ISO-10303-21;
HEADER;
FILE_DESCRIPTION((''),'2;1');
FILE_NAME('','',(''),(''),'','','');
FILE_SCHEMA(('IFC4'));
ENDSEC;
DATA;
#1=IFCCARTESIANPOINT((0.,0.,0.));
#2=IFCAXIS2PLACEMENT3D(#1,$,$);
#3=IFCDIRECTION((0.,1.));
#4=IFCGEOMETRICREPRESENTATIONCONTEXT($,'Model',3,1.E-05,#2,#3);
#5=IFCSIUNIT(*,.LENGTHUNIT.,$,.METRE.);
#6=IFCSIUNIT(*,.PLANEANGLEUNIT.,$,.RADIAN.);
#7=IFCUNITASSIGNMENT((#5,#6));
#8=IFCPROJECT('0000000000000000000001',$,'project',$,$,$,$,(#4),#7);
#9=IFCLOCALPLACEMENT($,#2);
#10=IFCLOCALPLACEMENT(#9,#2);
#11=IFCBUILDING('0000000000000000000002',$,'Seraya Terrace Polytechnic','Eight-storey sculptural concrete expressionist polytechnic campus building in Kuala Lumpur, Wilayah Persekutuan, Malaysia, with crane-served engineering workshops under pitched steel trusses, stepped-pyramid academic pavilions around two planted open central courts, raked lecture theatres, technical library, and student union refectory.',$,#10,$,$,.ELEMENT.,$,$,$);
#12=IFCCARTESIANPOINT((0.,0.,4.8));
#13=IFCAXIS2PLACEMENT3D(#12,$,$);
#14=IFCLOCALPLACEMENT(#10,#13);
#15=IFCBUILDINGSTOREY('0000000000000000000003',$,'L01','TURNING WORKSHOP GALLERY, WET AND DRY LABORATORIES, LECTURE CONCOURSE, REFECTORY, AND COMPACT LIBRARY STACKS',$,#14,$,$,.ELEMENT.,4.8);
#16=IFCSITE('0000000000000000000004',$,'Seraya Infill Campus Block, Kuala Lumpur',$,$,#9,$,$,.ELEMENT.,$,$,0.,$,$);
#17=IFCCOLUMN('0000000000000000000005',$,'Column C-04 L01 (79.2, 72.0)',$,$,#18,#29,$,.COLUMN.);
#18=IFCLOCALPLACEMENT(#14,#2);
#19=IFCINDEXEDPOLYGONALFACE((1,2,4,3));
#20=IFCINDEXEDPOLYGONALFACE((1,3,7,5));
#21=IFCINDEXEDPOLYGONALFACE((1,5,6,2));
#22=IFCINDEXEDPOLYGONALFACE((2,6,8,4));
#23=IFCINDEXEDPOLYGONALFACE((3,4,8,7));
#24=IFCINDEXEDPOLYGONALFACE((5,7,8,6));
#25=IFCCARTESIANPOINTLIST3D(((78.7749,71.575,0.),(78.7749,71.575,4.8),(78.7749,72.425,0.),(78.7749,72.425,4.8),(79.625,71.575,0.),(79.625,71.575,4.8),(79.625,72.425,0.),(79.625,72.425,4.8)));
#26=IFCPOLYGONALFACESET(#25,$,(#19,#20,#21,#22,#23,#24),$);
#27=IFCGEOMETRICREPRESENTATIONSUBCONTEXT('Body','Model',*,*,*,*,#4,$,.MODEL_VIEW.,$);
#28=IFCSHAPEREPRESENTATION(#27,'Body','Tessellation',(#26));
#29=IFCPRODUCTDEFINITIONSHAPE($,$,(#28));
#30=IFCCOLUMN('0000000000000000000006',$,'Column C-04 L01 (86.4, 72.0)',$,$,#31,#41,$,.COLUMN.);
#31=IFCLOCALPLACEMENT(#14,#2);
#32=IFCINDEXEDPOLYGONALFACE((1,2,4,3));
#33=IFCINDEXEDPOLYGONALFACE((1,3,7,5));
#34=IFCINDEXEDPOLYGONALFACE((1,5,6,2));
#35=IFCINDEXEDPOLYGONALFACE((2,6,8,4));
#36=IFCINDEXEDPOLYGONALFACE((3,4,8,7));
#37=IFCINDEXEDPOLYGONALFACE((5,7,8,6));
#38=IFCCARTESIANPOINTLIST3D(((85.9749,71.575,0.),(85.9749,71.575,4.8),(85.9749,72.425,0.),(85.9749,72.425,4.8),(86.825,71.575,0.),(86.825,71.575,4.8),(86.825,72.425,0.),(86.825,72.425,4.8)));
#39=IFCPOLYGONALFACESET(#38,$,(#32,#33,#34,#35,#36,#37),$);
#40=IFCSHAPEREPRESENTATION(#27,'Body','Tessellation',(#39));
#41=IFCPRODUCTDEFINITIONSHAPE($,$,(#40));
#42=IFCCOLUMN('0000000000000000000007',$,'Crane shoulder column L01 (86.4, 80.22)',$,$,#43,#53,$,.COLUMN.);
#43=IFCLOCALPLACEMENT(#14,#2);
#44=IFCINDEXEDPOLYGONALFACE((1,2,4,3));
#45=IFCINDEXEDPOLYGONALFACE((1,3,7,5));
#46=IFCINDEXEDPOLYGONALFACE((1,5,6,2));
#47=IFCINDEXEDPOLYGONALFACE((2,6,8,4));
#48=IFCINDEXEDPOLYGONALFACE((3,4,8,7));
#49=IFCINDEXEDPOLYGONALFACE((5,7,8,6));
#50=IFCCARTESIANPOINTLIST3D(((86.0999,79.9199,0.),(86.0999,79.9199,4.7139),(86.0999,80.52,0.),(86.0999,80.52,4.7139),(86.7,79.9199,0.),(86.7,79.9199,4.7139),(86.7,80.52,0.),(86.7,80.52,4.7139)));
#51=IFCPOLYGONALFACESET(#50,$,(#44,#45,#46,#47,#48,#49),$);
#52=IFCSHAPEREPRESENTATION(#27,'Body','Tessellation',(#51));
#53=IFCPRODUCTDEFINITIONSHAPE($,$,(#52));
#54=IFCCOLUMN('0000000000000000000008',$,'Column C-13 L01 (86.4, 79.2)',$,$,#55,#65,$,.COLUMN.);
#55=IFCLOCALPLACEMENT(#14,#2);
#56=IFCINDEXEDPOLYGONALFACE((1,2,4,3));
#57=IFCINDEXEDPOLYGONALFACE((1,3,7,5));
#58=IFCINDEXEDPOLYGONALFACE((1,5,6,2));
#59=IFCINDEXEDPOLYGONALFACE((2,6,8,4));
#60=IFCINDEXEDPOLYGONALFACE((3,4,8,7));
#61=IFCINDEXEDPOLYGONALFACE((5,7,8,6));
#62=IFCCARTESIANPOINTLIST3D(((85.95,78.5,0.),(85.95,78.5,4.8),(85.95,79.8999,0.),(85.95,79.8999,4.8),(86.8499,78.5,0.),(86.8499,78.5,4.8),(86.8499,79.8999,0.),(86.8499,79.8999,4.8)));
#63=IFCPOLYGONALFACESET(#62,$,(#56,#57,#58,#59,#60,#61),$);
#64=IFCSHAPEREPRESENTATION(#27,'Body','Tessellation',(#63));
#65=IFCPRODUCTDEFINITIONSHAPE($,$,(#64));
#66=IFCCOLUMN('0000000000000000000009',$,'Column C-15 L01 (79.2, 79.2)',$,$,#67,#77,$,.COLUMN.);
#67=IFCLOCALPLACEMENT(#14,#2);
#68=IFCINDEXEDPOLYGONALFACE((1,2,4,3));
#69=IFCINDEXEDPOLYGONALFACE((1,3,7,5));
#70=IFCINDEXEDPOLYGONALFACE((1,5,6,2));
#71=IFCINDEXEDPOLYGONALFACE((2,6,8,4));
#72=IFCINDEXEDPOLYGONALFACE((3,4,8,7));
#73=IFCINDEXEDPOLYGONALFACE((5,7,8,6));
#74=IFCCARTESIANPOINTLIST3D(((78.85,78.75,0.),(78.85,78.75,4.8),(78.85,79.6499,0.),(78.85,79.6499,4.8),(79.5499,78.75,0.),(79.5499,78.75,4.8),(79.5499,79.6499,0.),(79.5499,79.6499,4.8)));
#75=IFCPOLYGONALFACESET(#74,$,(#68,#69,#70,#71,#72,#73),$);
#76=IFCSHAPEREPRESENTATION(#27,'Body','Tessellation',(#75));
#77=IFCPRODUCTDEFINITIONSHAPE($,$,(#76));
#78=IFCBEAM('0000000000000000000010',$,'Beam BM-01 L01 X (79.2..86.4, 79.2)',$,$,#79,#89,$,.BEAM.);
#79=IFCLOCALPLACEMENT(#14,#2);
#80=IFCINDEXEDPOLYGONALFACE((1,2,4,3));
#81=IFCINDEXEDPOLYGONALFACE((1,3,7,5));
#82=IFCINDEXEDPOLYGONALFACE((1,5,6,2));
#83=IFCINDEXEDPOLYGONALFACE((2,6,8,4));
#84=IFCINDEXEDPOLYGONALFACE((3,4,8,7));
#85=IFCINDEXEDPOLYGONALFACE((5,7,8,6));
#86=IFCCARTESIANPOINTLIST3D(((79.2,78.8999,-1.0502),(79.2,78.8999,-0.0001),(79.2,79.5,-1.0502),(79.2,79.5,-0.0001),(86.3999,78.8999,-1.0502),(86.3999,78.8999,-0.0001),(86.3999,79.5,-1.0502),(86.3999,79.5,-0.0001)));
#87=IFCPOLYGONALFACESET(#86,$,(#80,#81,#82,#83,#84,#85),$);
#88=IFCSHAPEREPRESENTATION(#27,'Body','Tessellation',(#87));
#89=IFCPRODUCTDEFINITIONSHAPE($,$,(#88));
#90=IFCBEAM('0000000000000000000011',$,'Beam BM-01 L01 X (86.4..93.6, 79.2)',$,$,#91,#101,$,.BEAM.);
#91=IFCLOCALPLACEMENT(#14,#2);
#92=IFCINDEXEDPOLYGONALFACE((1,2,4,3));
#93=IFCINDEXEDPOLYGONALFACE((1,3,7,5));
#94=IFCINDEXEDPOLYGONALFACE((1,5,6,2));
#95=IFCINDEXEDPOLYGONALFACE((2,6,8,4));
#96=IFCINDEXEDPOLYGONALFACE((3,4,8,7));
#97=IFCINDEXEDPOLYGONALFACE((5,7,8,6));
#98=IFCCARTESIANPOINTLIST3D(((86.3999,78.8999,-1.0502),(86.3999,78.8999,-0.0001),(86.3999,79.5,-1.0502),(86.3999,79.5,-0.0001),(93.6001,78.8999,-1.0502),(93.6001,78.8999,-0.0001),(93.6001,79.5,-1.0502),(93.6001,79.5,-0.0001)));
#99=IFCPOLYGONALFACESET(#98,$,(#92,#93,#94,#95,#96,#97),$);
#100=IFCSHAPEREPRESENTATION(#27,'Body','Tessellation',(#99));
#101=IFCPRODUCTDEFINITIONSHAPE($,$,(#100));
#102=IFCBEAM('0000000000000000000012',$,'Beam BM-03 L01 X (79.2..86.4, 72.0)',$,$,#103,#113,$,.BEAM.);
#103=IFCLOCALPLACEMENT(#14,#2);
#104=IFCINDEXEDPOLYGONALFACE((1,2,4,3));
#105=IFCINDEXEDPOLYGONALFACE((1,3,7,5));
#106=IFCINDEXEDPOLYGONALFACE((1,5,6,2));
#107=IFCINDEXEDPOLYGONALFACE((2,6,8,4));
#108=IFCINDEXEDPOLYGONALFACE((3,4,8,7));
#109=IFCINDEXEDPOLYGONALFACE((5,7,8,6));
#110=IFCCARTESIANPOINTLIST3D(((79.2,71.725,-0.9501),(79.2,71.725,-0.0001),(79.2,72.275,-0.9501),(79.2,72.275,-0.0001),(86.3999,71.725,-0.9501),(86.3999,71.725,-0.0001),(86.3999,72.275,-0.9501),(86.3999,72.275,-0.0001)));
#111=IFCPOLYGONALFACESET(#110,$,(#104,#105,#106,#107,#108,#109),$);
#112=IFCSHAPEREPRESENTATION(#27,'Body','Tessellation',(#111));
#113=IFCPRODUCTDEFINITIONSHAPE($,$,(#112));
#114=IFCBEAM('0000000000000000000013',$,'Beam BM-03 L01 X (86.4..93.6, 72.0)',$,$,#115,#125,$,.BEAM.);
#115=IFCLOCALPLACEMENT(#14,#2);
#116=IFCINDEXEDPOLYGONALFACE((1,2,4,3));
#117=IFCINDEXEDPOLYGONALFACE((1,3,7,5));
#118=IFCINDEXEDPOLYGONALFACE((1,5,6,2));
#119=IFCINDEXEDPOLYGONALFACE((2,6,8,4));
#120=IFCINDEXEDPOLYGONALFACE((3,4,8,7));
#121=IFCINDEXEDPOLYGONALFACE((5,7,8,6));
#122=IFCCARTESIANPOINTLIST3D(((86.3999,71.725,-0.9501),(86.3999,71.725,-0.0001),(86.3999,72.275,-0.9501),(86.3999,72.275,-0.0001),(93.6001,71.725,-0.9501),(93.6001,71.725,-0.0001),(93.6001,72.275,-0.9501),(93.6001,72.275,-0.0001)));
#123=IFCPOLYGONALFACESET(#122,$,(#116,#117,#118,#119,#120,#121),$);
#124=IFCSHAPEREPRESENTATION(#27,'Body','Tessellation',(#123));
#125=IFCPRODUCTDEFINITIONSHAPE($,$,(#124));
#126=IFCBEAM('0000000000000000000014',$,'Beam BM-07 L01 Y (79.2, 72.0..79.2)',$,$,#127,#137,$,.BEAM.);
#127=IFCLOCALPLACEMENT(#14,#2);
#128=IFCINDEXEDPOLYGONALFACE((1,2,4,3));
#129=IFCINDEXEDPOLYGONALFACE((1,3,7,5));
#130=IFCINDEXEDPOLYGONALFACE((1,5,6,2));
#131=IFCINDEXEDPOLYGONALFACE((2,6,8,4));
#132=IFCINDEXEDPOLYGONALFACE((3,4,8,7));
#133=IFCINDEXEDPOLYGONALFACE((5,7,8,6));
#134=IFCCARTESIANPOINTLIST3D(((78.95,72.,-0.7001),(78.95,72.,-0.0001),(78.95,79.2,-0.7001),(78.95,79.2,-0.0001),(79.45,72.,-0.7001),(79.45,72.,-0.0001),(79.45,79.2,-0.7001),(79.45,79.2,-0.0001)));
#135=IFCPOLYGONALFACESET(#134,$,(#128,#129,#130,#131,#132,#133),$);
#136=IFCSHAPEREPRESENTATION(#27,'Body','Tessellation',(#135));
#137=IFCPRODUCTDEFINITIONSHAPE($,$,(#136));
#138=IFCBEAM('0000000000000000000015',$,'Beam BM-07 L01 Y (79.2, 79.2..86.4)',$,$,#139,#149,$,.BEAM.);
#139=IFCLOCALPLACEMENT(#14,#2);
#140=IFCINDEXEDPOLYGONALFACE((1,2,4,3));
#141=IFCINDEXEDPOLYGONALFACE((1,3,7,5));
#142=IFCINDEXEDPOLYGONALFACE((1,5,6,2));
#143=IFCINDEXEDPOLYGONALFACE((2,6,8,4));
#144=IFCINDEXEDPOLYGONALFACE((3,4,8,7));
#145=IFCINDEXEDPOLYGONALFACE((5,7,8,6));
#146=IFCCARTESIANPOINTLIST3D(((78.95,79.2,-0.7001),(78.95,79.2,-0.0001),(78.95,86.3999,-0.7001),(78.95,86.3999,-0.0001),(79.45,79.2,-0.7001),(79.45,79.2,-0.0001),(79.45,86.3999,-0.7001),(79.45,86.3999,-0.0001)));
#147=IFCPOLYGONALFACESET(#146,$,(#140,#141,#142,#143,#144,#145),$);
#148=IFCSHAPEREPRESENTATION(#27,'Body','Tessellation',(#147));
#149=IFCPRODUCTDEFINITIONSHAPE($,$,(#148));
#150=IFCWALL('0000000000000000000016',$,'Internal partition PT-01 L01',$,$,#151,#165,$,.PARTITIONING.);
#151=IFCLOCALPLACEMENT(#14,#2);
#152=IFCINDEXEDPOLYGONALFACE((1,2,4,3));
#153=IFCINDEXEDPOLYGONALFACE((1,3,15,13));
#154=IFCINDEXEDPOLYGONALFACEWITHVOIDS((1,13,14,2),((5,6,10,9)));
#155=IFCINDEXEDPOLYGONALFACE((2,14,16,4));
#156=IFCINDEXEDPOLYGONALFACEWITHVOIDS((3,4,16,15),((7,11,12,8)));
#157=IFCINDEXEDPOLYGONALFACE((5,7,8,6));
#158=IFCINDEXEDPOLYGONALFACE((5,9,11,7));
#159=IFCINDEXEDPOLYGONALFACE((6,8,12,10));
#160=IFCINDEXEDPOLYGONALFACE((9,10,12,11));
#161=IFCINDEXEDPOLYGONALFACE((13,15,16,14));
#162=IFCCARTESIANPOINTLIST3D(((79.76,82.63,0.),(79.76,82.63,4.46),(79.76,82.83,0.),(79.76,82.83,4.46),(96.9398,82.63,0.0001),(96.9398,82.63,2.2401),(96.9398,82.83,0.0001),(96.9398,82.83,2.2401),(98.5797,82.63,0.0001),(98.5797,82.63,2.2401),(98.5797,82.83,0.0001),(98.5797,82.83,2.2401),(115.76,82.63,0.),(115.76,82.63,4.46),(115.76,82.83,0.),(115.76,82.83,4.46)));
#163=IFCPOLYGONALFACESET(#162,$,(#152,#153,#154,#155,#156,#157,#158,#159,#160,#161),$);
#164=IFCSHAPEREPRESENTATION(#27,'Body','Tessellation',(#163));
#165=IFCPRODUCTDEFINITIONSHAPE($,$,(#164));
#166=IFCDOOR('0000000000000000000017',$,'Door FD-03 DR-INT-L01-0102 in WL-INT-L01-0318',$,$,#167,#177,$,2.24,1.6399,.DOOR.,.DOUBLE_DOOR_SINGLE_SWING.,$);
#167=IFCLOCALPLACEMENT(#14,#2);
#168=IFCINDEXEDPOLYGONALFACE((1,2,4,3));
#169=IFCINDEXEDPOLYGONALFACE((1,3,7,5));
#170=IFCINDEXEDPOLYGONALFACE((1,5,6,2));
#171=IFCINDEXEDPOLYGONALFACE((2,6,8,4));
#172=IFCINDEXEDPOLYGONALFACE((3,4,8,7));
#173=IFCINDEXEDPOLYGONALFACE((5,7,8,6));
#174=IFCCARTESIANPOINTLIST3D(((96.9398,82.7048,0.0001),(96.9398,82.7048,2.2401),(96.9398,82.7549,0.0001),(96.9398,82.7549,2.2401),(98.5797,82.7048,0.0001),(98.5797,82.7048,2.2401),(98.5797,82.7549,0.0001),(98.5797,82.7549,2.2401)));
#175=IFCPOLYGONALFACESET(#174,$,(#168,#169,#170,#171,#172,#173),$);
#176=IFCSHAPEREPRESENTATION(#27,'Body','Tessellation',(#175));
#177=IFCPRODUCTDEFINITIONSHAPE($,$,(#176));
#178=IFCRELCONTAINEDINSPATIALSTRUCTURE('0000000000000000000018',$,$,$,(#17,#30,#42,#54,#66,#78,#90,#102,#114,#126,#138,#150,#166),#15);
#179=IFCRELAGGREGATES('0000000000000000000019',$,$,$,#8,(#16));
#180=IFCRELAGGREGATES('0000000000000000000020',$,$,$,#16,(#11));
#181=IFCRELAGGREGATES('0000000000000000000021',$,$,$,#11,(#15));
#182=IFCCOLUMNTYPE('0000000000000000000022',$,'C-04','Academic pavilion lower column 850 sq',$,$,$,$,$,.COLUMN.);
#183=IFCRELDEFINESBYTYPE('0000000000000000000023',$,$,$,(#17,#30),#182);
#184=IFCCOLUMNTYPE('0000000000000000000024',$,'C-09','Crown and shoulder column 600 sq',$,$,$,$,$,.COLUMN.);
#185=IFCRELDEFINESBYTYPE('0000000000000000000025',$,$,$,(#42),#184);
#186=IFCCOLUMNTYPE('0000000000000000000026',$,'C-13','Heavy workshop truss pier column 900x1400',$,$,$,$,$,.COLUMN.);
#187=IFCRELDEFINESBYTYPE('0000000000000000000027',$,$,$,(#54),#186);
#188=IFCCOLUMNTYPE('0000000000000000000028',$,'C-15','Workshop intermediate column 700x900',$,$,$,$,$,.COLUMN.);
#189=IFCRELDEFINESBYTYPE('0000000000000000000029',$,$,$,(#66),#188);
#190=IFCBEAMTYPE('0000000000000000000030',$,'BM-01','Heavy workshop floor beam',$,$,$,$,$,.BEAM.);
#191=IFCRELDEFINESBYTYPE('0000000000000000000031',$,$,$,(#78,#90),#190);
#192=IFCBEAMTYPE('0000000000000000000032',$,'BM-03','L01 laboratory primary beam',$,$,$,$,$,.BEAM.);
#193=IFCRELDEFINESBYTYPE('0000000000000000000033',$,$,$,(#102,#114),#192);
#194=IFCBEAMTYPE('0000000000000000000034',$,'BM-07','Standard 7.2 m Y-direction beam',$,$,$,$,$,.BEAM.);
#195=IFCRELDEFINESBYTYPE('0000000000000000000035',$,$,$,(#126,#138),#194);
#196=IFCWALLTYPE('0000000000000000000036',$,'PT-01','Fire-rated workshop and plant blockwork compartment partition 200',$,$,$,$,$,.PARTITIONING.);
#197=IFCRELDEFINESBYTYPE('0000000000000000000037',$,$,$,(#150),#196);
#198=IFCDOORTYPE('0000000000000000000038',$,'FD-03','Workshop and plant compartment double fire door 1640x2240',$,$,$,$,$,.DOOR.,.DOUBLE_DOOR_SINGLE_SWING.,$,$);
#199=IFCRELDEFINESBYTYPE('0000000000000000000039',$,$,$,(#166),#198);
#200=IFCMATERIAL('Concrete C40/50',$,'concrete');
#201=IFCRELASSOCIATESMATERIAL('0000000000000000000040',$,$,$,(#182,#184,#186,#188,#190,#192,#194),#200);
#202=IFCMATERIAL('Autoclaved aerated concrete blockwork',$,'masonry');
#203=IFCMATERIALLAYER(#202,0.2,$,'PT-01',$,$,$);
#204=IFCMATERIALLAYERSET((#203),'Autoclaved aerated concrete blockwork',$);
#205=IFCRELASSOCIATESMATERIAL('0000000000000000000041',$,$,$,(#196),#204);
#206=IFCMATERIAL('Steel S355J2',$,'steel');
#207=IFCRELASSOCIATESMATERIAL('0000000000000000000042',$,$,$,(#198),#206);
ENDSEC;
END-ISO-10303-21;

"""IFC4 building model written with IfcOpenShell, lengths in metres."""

from ifc_helpers import new_model, si_unit, direction, frame, frame_2d, origin, origin_2d, place, context, subcontext, project, spatial, rectangle, extrude, material, layer, layer_set, material_profile, profile_set, type_object, element, fill, save


model = new_model("IFC4")

# Units and contexts
model_context = context("Model", 3, precision=1e-05, world=origin(), true_north=direction((0.0, 1.0)))
body_context = subcontext(model_context, "Body", "Model", "MODEL_VIEW")
ifc_project = project(units=[si_unit("LENGTHUNIT", "METRE"), si_unit("PLANEANGLEUNIT", "RADIAN")], contexts=[model_context])

# Site, building, storey
site_placement = place(None, origin())
site = spatial("IfcSite", under=ifc_project, at=site_placement, Name="Seraya Infill Campus Block, Kuala Lumpur", CompositionType="ELEMENT", RefElevation=0.0)
building_placement = place(site_placement, origin())
building = spatial("IfcBuilding", under=site, at=building_placement, Name="Seraya Terrace Polytechnic", Description="Eight-storey sculptural concrete expressionist polytechnic campus building in Kuala Lumpur, Wilayah Persekutuan, Malaysia, with crane-served engineering workshops under pitched steel trusses, stepped-pyramid academic pavilions around two planted open central courts, raked lecture theatres, technical library, and student union refectory.", CompositionType="ELEMENT")
storey_placement = place(building_placement, frame((0.0, 0.0, 4.8)))
storey = spatial("IfcBuildingStorey", under=building, at=storey_placement, Name="L01", Description="TURNING WORKSHOP GALLERY, WET AND DRY LABORATORIES, LECTURE CONCOURSE, REFECTORY, AND COMPACT LIBRARY STACKS", CompositionType="ELEMENT", Elevation=4.8)

# Columns
ifc_material_1 = material(Name="Concrete C40/50", Category="concrete")
ifc_material_profile_1 = material_profile(ifc_material_1, rectangle(XDim=0.8501, YDim=0.8501, at=origin_2d()), Name="RC 850x850")
ifc_profile_set_1 = profile_set([ifc_material_profile_1], Name="Concrete C40/50")
column_type_1 = type_object("IfcColumnType", Name="C-04", Description="Academic pavilion lower column 850 sq", PredefinedType="COLUMN", material=ifc_profile_set_1)
for number, where, z_axis, x_axis, name in (
    (1, (79.2, 72.0, 0.0), (0.0, 0.0, 1.0), (1.0, 0.0, 0.0), "Column C-04 L01 (79.2, 72.0)"),
    (2, (86.3999, 72.0, 0.0), (0.0, 0.0, 1.0), (1.0, 0.0, 0.0), "Column C-04 L01 (86.4, 72.0)"),
):
    element("IfcColumn", number, at=place(storey_placement, frame(where, z_axis=z_axis, x_axis=x_axis)), inside=storey, type_object=column_type_1, Name=name, PredefinedType="COLUMN", context=body_context, shape_type="SweptSolid", body=[
        extrude(rectangle(XDim=0.8501, YDim=0.8501, at=origin_2d()), origin(), (0.0, 0.0, 1.0), 4.8),
    ])
ifc_material_profile_2 = material_profile(ifc_material_1, rectangle(XDim=0.6001, YDim=0.6001, at=origin_2d()), Name="RC 600x600")
ifc_profile_set_2 = profile_set([ifc_material_profile_2], Name="Concrete C40/50")
column_type_2 = type_object("IfcColumnType", Name="C-09", Description="Crown and shoulder column 600 sq", PredefinedType="COLUMN", material=ifc_profile_set_2)
column_1_placement = place(storey_placement, frame((86.3999, 80.22, 0.0), z_axis=(0.0, 0.0, 1.0), x_axis=(1.0, 0.0, 0.0)))
element("IfcColumn", 3, at=column_1_placement, inside=storey, type_object=column_type_2, Name="Crane shoulder column L01 (86.4, 80.22)", PredefinedType="COLUMN", context=body_context, shape_type="SweptSolid", body=[
    extrude(rectangle(XDim=0.6001, YDim=0.6001, at=origin_2d()), origin(), (0.0, 0.0, 1.0), 4.7139),
])
ifc_material_profile_3 = material_profile(ifc_material_1, rectangle(XDim=0.8999, YDim=1.3999, at=origin_2d()), Name="RC 900x1400")
ifc_profile_set_3 = profile_set([ifc_material_profile_3], Name="Concrete C40/50")
column_type_3 = type_object("IfcColumnType", Name="C-13", Description="Heavy workshop truss pier column 900x1400", PredefinedType="COLUMN", material=ifc_profile_set_3)
column_2_placement = place(storey_placement, frame((86.3999, 79.2, 0.0), z_axis=(0.0, 0.0, 1.0), x_axis=(1.0, 0.0, 0.0)))
element("IfcColumn", 4, at=column_2_placement, inside=storey, type_object=column_type_3, Name="Column C-13 L01 (86.4, 79.2)", PredefinedType="COLUMN", context=body_context, shape_type="SweptSolid", body=[
    extrude(rectangle(XDim=0.8999, YDim=1.3999, at=origin_2d()), origin(), (0.0, 0.0, 1.0), 4.8),
])
ifc_material_profile_4 = material_profile(ifc_material_1, rectangle(XDim=0.7, YDim=0.8999, at=origin_2d()), Name="RC 700x900")
ifc_profile_set_4 = profile_set([ifc_material_profile_4], Name="Concrete C40/50")
column_type_4 = type_object("IfcColumnType", Name="C-15", Description="Workshop intermediate column 700x900", PredefinedType="COLUMN", material=ifc_profile_set_4)
column_3_placement = place(storey_placement, frame((79.2, 79.2, 0.0), z_axis=(0.0, 0.0, 1.0), x_axis=(1.0, 0.0, 0.0)))
element("IfcColumn", 5, at=column_3_placement, inside=storey, type_object=column_type_4, Name="Column C-15 L01 (79.2, 79.2)", PredefinedType="COLUMN", context=body_context, shape_type="SweptSolid", body=[
    extrude(rectangle(XDim=0.7, YDim=0.8999, at=origin_2d()), origin(), (0.0, 0.0, 1.0), 4.8),
])

# Beams
ifc_material_profile_5 = material_profile(ifc_material_1, rectangle(XDim=0.6001, YDim=1.05, at=origin_2d()), Name="RC 600x1050")
ifc_profile_set_5 = profile_set([ifc_material_profile_5], Name="Concrete C40/50")
beam_type_1 = type_object("IfcBeamType", Name="BM-01", Description="Heavy workshop floor beam", PredefinedType="BEAM", material=ifc_profile_set_5)
beam_1_placement = place(storey_placement, frame((79.2, 79.2, -0.5251), z_axis=(1.0, 0.0, 0.0), x_axis=(0.0, 1.0, 0.0)))
element("IfcBeam", 6, at=beam_1_placement, inside=storey, type_object=beam_type_1, Name="Beam BM-01 L01 X (79.2..86.4, 79.2)", PredefinedType="BEAM", context=body_context, shape_type="SweptSolid", body=[
    extrude(rectangle(XDim=0.6001, YDim=1.05, at=origin_2d()), origin(), (0.0, 0.0, 1.0), 7.2),
])
beam_2_placement = place(storey_placement, frame((86.3999, 79.2, -0.5251), z_axis=(1.0, 0.0, 0.0), x_axis=(0.0, 1.0, 0.0)))
element("IfcBeam", 7, at=beam_2_placement, inside=storey, type_object=beam_type_1, Name="Beam BM-01 L01 X (86.4..93.6, 79.2)", PredefinedType="BEAM", context=body_context, shape_type="SweptSolid", body=[
    extrude(rectangle(XDim=0.6001, YDim=1.05, at=origin_2d()), origin(), (0.0, 0.0, 1.0), 7.2002),
])
ifc_material_profile_6 = material_profile(ifc_material_1, rectangle(XDim=0.55, YDim=0.95, at=origin_2d()), Name="RC 550x950")
ifc_profile_set_6 = profile_set([ifc_material_profile_6], Name="Concrete C40/50")
beam_type_2 = type_object("IfcBeamType", Name="BM-03", Description="L01 laboratory primary beam", PredefinedType="BEAM", material=ifc_profile_set_6)
beam_3_placement = place(storey_placement, frame((79.2, 72.0, -0.4751), z_axis=(1.0, 0.0, 0.0), x_axis=(0.0, 1.0, 0.0)))
element("IfcBeam", 8, at=beam_3_placement, inside=storey, type_object=beam_type_2, Name="Beam BM-03 L01 X (79.2..86.4, 72.0)", PredefinedType="BEAM", context=body_context, shape_type="SweptSolid", body=[
    extrude(rectangle(XDim=0.55, YDim=0.95, at=origin_2d()), origin(), (0.0, 0.0, 1.0), 7.2),
])
beam_4_placement = place(storey_placement, frame((86.3999, 72.0, -0.4751), z_axis=(1.0, 0.0, 0.0), x_axis=(0.0, 1.0, 0.0)))
element("IfcBeam", 9, at=beam_4_placement, inside=storey, type_object=beam_type_2, Name="Beam BM-03 L01 X (86.4..93.6, 72.0)", PredefinedType="BEAM", context=body_context, shape_type="SweptSolid", body=[
    extrude(rectangle(XDim=0.55, YDim=0.95, at=origin_2d()), origin(), (0.0, 0.0, 1.0), 7.2002),
])
ifc_material_profile_7 = material_profile(ifc_material_1, rectangle(XDim=0.5, YDim=0.7, at=origin_2d()), Name="RC 500x700")
ifc_profile_set_7 = profile_set([ifc_material_profile_7], Name="Concrete C40/50")
beam_type_3 = type_object("IfcBeamType", Name="BM-07", Description="Standard 7.2 m Y-direction beam", PredefinedType="BEAM", material=ifc_profile_set_7)
for number, where, z_axis, x_axis, name in (
    (10, (79.2, 72.0, -0.3501), (0.0, 1.0, 0.0), (-1.0, 0.0, 0.0), "Beam BM-07 L01 Y (79.2, 72.0..79.2)"),
    (11, (79.2, 79.2, -0.3501), (0.0, 1.0, 0.0), (-1.0, 0.0, 0.0), "Beam BM-07 L01 Y (79.2, 79.2..86.4)"),
):
    element("IfcBeam", number, at=place(storey_placement, frame(where, z_axis=z_axis, x_axis=x_axis)), inside=storey, type_object=beam_type_3, Name=name, PredefinedType="BEAM", context=body_context, shape_type="SweptSolid", body=[
        extrude(rectangle(XDim=0.5, YDim=0.7, at=origin_2d()), origin(), (0.0, 0.0, 1.0), 7.2),
    ])

# Wall, opening, door
ifc_material_2 = material(Name="Autoclaved aerated concrete blockwork", Category="masonry")
ifc_layer_1 = layer(ifc_material_2, 0.2, Name="PT-01")
ifc_layer_set_1 = layer_set([ifc_layer_1], Name="Autoclaved aerated concrete blockwork")
wall_type_1 = type_object("IfcWallType", Name="PT-01", Description="Fire-rated workshop and plant blockwork compartment partition 200", PredefinedType="PARTITIONING", material=ifc_layer_set_1)
wall_1_placement = place(storey_placement, frame((79.76, 82.73, 0.0), z_axis=(0.0, 0.0, 1.0), x_axis=(1.0, 0.0, 0.0)))
wall_1 = element("IfcWall", 12, at=wall_1_placement, inside=storey, type_object=wall_type_1, Name="Internal partition PT-01 L01", PredefinedType="PARTITIONING", context=body_context, shape_type="SweptSolid", body=[
    extrude(rectangle(XDim=36.0, YDim=0.2, at=frame_2d((18.0, 0.0))), origin(), (0.0, 0.0, 1.0), 4.46),
])
opening_1_placement = place(wall_1_placement, frame((17.1799, 0.0, 0.0)))
opening_1 = element("IfcOpeningElement", 13, at=opening_1_placement, cuts=wall_1, PredefinedType="OPENING", context=body_context, shape_type="SweptSolid", body=[
    extrude(rectangle(XDim=1.6399, YDim=2.24, at=frame_2d((0.8198, 1.1201))), frame((0.0, 0.1118, 0.0), z_axis=(0.0, -1.0, 0.0), x_axis=(1.0, 0.0, 0.0)), (0.0, 0.0, 1.0), 0.2239),
])
ifc_material_3 = material(Name="Steel S355J2", Category="steel")
door_type_1 = type_object("IfcDoorType", Name="FD-03", Description="Workshop and plant compartment double fire door 1640x2240", OperationType="DOUBLE_DOOR_SINGLE_SWING", PredefinedType="DOOR", material=ifc_material_3)
door_1_placement = place(opening_1_placement, origin())
door_1 = element("IfcDoor", 14, at=door_1_placement, inside=storey, type_object=door_type_1, Name="Door FD-03 DR-INT-L01-0102 in WL-INT-L01-0318", OperationType="DOUBLE_DOOR_SINGLE_SWING", OverallHeight=2.24, OverallWidth=1.6399, PredefinedType="DOOR", context=body_context, shape_type="SweptSolid", body=[
    extrude(rectangle(XDim=1.6399, YDim=2.24, at=frame_2d((0.8198, 1.1201))), frame((0.0, 0.0249, 0.0), z_axis=(0.0, -1.0, 0.0), x_axis=(1.0, 0.0, 0.0)), (0.0, 0.0, 1.0), 0.05),
])
fill(opening_1, door_1)

save(model, "model.ifc")
